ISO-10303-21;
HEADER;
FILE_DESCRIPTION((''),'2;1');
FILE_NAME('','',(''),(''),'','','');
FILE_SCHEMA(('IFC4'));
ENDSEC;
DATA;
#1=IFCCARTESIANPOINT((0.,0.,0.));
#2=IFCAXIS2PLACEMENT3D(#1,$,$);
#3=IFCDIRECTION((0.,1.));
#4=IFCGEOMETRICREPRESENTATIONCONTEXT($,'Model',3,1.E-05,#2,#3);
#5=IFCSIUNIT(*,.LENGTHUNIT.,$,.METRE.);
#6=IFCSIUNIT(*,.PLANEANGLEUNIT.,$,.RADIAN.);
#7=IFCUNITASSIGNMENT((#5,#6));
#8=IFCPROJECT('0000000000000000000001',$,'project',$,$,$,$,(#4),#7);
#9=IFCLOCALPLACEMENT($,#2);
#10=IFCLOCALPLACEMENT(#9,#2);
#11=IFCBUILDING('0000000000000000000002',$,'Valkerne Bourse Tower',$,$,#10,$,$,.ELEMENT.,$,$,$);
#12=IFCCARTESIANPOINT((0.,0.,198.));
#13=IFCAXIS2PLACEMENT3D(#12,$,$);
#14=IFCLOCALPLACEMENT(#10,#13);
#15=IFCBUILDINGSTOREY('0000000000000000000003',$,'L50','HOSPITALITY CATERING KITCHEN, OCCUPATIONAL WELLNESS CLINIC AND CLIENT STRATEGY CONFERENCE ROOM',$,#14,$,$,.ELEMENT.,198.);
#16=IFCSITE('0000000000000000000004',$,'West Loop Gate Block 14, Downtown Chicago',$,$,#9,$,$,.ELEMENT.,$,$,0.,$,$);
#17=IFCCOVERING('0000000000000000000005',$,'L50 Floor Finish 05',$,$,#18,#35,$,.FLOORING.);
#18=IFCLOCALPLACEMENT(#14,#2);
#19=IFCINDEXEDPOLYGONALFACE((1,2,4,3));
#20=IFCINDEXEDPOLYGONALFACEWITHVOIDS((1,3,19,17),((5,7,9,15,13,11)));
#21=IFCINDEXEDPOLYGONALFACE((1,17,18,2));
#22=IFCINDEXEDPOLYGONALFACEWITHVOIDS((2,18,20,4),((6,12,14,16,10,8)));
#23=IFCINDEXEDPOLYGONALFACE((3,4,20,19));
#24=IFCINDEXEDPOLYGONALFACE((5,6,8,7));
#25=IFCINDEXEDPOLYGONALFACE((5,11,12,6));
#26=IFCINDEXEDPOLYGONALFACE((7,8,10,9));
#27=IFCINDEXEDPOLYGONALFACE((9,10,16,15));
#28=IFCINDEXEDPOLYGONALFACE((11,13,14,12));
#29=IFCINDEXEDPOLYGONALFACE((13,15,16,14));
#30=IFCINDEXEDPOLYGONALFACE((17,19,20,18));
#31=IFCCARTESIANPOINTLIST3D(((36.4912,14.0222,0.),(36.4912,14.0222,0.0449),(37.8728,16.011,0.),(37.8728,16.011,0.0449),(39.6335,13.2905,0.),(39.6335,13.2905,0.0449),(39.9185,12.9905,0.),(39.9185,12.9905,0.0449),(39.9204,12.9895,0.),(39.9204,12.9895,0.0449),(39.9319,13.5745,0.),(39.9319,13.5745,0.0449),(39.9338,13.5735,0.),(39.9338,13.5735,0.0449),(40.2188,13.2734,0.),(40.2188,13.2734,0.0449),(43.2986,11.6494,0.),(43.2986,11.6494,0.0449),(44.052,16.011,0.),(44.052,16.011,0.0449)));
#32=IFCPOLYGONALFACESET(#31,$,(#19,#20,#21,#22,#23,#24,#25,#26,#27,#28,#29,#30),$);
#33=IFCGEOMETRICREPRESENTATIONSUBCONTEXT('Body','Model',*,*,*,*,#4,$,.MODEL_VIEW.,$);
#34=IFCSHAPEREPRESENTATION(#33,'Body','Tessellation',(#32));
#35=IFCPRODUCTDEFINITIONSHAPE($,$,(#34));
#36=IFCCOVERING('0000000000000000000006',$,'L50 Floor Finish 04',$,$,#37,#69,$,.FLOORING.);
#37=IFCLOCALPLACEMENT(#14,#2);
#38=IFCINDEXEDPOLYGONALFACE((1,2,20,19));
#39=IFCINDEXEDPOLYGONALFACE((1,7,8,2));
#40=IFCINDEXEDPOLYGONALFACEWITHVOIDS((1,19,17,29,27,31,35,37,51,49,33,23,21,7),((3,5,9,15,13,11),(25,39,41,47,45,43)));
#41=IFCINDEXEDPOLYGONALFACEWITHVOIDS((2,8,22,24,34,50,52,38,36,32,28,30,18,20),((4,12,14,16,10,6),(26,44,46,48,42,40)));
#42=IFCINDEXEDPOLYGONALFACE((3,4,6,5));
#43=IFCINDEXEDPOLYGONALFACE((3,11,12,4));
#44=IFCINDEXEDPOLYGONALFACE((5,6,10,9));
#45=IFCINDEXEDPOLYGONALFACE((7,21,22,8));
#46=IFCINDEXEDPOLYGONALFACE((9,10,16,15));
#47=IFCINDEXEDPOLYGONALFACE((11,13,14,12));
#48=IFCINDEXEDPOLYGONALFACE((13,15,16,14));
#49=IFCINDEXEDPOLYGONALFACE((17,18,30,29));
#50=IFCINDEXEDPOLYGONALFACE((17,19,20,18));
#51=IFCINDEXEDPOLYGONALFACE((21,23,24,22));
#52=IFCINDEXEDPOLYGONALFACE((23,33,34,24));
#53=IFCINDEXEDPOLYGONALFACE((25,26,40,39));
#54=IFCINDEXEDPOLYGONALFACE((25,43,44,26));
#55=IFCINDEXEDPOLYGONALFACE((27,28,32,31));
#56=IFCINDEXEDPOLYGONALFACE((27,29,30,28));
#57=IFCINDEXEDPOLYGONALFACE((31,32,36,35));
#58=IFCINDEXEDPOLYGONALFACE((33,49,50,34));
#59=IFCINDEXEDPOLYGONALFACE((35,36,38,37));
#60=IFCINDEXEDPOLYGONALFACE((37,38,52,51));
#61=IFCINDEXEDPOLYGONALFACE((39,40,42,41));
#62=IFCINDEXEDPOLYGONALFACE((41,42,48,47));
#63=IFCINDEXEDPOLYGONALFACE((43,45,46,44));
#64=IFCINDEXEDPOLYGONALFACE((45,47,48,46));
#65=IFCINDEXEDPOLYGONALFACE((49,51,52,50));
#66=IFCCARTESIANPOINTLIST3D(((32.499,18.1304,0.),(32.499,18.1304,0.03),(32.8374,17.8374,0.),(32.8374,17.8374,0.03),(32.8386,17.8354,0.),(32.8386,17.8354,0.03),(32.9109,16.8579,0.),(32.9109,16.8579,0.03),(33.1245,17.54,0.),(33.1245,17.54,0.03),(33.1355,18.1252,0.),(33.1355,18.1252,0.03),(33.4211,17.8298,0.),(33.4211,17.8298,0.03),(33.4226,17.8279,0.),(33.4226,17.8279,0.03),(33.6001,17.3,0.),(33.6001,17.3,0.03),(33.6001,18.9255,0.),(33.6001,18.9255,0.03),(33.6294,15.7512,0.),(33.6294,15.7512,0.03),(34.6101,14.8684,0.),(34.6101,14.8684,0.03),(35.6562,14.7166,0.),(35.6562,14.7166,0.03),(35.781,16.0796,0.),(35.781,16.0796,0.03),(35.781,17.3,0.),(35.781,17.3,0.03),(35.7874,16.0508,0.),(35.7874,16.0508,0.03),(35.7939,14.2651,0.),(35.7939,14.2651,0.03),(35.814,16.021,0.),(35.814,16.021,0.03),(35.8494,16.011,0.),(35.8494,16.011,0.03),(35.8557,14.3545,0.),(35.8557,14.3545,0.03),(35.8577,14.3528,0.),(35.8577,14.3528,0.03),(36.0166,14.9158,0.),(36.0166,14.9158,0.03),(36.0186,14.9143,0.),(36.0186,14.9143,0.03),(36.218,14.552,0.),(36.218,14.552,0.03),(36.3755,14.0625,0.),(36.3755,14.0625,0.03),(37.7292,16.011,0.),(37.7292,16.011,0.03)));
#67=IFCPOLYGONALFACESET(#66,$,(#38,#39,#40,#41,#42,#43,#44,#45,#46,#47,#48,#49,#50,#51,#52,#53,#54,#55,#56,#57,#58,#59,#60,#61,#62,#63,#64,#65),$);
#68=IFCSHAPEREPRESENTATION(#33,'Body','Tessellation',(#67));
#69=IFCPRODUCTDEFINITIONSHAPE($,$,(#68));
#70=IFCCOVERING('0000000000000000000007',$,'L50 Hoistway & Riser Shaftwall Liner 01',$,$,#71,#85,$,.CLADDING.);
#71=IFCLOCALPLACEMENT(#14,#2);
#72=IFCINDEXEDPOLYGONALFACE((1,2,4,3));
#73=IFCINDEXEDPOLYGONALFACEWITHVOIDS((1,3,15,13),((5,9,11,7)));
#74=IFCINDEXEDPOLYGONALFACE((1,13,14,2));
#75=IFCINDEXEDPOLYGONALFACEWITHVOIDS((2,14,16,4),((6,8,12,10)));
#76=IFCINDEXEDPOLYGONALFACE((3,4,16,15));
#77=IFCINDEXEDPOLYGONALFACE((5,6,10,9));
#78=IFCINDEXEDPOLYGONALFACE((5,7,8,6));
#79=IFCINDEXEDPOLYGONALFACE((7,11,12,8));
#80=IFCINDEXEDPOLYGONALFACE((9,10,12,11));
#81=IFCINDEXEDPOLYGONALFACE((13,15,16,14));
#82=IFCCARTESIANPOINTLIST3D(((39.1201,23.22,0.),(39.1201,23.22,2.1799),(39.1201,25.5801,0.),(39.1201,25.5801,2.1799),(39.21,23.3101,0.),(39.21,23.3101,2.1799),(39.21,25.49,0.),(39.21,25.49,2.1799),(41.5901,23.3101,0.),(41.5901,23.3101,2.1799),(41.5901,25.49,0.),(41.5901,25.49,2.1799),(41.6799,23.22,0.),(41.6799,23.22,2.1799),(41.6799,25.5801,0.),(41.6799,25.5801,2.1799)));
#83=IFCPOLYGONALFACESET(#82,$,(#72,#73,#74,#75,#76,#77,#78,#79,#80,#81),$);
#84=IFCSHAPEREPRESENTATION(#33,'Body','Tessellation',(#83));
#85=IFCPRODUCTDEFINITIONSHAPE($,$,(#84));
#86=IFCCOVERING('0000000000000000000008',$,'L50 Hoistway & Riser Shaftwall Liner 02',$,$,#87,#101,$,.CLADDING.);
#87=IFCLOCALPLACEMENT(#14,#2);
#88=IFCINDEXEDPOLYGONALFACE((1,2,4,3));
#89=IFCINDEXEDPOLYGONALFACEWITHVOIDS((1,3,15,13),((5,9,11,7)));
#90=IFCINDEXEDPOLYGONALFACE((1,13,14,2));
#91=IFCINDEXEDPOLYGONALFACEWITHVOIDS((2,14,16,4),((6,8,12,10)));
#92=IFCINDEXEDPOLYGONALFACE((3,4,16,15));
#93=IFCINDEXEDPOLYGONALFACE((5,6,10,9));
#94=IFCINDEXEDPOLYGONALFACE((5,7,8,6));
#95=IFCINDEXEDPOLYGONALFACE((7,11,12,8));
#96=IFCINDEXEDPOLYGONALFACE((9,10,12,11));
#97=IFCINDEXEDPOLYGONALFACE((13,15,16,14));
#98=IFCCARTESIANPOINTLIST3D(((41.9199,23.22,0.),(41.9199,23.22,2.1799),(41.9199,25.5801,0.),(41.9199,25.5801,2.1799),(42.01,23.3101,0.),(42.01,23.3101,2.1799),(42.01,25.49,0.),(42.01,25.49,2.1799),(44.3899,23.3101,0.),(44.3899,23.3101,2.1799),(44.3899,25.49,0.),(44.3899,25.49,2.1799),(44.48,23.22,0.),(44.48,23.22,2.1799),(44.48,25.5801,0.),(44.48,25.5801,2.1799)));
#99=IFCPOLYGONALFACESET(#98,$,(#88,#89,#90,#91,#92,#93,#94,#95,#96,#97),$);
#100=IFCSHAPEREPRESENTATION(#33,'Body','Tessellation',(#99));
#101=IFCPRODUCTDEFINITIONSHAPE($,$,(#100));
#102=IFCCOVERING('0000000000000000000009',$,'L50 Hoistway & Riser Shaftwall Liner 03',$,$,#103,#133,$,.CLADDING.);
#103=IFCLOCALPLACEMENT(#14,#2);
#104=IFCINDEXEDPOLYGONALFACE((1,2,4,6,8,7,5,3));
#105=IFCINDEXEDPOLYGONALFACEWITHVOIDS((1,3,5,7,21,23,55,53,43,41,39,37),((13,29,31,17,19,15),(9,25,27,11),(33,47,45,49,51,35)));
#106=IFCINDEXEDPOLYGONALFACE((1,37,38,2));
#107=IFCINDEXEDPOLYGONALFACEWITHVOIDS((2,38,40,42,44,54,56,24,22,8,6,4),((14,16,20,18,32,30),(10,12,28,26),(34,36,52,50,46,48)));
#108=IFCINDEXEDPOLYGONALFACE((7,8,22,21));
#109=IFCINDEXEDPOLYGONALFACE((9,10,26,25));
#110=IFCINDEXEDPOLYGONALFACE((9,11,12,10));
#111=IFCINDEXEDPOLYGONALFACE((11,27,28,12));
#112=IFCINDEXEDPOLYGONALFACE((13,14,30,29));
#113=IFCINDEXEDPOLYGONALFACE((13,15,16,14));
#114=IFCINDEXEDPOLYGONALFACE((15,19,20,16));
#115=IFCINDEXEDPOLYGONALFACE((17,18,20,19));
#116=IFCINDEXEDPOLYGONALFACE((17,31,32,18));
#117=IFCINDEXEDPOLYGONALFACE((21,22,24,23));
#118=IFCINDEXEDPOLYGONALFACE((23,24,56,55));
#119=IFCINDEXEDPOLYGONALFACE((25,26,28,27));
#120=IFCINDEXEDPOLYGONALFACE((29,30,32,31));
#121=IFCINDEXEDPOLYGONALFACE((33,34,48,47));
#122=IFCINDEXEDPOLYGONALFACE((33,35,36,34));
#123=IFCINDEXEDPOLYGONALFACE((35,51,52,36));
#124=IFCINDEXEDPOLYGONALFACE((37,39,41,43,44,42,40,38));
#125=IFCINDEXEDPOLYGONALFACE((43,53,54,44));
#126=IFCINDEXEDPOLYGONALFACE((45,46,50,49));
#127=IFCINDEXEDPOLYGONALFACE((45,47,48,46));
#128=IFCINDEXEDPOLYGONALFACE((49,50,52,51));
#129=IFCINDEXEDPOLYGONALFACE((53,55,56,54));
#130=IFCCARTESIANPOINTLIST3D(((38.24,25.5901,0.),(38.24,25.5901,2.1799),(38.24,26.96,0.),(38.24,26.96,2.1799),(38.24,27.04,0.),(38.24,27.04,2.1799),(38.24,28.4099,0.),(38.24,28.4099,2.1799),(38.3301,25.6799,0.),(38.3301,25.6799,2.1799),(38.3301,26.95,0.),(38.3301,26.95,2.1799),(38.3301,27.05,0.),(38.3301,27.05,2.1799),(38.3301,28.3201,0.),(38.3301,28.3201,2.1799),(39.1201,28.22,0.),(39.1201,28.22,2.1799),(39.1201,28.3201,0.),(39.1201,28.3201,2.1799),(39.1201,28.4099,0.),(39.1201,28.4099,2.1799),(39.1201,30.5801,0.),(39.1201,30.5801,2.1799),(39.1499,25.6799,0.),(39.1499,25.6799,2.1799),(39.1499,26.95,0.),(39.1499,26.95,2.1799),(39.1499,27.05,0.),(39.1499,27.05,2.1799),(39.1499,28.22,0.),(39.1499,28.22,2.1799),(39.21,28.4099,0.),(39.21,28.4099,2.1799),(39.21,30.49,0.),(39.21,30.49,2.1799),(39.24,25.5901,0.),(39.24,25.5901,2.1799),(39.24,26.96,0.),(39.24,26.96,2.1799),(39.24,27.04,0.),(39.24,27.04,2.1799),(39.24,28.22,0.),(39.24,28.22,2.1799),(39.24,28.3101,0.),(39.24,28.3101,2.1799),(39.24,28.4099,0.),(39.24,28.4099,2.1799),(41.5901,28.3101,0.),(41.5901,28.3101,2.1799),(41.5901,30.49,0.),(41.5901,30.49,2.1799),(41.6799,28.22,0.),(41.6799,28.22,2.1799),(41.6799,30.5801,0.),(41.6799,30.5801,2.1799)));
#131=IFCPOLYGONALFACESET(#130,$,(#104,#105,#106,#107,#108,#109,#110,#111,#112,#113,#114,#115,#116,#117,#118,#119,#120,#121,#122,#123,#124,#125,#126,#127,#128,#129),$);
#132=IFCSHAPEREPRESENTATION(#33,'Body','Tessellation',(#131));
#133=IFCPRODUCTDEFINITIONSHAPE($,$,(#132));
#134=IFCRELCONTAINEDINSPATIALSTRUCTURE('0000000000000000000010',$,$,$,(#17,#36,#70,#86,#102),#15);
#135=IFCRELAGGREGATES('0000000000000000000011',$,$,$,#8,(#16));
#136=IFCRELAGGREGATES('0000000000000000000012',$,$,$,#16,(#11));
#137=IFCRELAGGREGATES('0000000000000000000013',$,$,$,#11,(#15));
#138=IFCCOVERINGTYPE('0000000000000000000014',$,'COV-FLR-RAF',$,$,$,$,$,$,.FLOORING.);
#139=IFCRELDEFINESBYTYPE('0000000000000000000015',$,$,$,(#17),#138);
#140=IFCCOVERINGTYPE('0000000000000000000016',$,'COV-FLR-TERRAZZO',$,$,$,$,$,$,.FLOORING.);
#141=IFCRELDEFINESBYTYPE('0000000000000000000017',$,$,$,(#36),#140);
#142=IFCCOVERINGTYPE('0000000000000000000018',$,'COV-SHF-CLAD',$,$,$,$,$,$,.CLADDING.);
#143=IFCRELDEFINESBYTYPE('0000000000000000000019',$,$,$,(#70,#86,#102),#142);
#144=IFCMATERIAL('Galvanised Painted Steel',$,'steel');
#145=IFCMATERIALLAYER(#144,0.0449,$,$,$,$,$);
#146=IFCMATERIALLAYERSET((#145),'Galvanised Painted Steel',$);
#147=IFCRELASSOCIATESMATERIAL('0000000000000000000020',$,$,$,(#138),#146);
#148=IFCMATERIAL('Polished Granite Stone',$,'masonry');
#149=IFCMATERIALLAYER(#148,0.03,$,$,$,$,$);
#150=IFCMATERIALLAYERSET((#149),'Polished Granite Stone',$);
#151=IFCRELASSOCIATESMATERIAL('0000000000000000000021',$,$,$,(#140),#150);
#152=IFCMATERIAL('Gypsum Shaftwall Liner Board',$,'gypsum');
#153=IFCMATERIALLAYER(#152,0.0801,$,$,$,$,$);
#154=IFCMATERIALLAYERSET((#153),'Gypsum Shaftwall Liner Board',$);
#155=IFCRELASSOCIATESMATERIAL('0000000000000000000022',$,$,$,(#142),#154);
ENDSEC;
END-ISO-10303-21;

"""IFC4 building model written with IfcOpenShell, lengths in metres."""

from ifc_helpers import new_model, si_unit, direction, frame, origin, place, context, subcontext, project, spatial, polyline, outline, extrude, material, layer, layer_set, type_object, element, save


model = new_model("IFC4")

# Units and contexts
model_context = context("Model", 3, precision=1e-05, world=origin(), true_north=direction((0.0, 1.0)))
body_context = subcontext(model_context, "Body", "Model", "MODEL_VIEW")
ifc_project = project(units=[si_unit("LENGTHUNIT", "METRE"), si_unit("PLANEANGLEUNIT", "RADIAN")], contexts=[model_context])

# Site, building, storey
site_placement = place(None, origin())
site = spatial("IfcSite", under=ifc_project, at=site_placement, Name="West Loop Gate Block 14, Downtown Chicago", CompositionType="ELEMENT", RefElevation=0.0)
building_placement = place(site_placement, origin())
building = spatial("IfcBuilding", under=site, at=building_placement, Name="Valkerne Bourse Tower", CompositionType="ELEMENT")
storey_placement = place(building_placement, frame((0.0, 0.0, 198.0)))
storey = spatial("IfcBuildingStorey", under=building, at=storey_placement, Name="L50", Description="HOSPITALITY CATERING KITCHEN, OCCUPATIONAL WELLNESS CLINIC AND CLIENT STRATEGY CONFERENCE ROOM", CompositionType="ELEMENT", Elevation=198.0)

# Coverings
ifc_material_1 = material(Name="Galvanised Painted Steel", Category="steel")
ifc_layer_1 = layer(ifc_material_1, 0.0449)
ifc_layer_set_1 = layer_set([ifc_layer_1], Name="Galvanised Painted Steel")
covering_type_1 = type_object("IfcCoveringType", Name="COV-FLR-RAF", PredefinedType="FLOORING", material=ifc_layer_set_1)
covering_1_placement = place(storey_placement, origin())
element("IfcCovering", 1, at=covering_1_placement, inside=storey, type_object=covering_type_1, Name="L50 Floor Finish 05", PredefinedType="FLOORING", context=body_context, shape_type="SweptSolid", body=[
    extrude(outline(polyline([(44.052, 16.011), (43.2986, 11.6494), (36.4912, 14.0222), (37.8728, 16.011), (44.052, 16.011)]), holes=[polyline([(39.9338, 13.5735), (39.9319, 13.5745), (39.6335, 13.2905), (39.9185, 12.9905), (39.9204, 12.9895), (40.2188, 13.2734), (39.9338, 13.5735)])]), origin(), (0.0, 0.0, 1.0), 0.0449),
])
ifc_material_2 = material(Name="Polished Granite Stone", Category="masonry")
ifc_layer_2 = layer(ifc_material_2, 0.03)
ifc_layer_set_2 = layer_set([ifc_layer_2], Name="Polished Granite Stone")
covering_type_2 = type_object("IfcCoveringType", Name="COV-FLR-TERRAZZO", PredefinedType="FLOORING", material=ifc_layer_set_2)
covering_2_placement = place(storey_placement, origin())
element("IfcCovering", 2, at=covering_2_placement, inside=storey, type_object=covering_type_2, Name="L50 Floor Finish 04", PredefinedType="FLOORING", context=body_context, shape_type="SweptSolid", body=[
    extrude(outline(polyline([(33.6294, 15.7512), (32.9109, 16.8579), (32.499, 18.1304), (33.6001, 18.9255), (33.6001, 17.3), (35.781, 17.3), (35.781, 16.0796), (35.7874, 16.0508), (35.814, 16.021), (35.8494, 16.011), (37.7292, 16.011), (36.3755, 14.0625), (35.7939, 14.2651), (34.6101, 14.8684), (33.6294, 15.7512)]), holes=[polyline([(36.0186, 14.9143), (36.0166, 14.9158), (35.6562, 14.7166), (35.8557, 14.3545), (35.8577, 14.3528), (36.218, 14.552), (36.0186, 14.9143)]), polyline([(33.4211, 17.8298), (33.1355, 18.1252), (32.8374, 17.8374), (32.8386, 17.8354), (33.1245, 17.54), (33.4226, 17.8279), (33.4211, 17.8298)])]), origin(), (0.0, 0.0, 1.0), 0.03),
])
ifc_material_3 = material(Name="Gypsum Shaftwall Liner Board", Category="gypsum")
ifc_layer_3 = layer(ifc_material_3, 0.0801)
ifc_layer_set_3 = layer_set([ifc_layer_3], Name="Gypsum Shaftwall Liner Board")
covering_type_3 = type_object("IfcCoveringType", Name="COV-SHF-CLAD", PredefinedType="CLADDING", material=ifc_layer_set_3)
covering_3_placement = place(storey_placement, origin())
element("IfcCovering", 3, at=covering_3_placement, inside=storey, type_object=covering_type_3, Name="L50 Hoistway & Riser Shaftwall Liner 01", PredefinedType="CLADDING", context=body_context, shape_type="SweptSolid", body=[
    extrude(outline(polyline([(41.6799, 25.5801), (41.6799, 23.22), (39.1201, 23.22), (39.1201, 25.5801), (41.6799, 25.5801)]), holes=[polyline([(41.5901, 25.49), (39.21, 25.49), (39.21, 23.3101), (41.5901, 23.3101), (41.5901, 25.49)])]), origin(), (0.0, 0.0, 1.0), 2.1799),
])
covering_4_placement = place(storey_placement, origin())
element("IfcCovering", 4, at=covering_4_placement, inside=storey, type_object=covering_type_3, Name="L50 Hoistway & Riser Shaftwall Liner 02", PredefinedType="CLADDING", context=body_context, shape_type="SweptSolid", body=[
    extrude(outline(polyline([(44.48, 23.22), (41.9199, 23.22), (41.9199, 25.5801), (44.48, 25.5801), (44.48, 23.22)]), holes=[polyline([(42.01, 25.49), (42.01, 23.3101), (44.3899, 23.3101), (44.3899, 25.49), (42.01, 25.49)])]), origin(), (0.0, 0.0, 1.0), 2.1799),
])
covering_5_placement = place(storey_placement, origin())
element("IfcCovering", 5, at=covering_5_placement, inside=storey, type_object=covering_type_3, Name="L50 Hoistway & Riser Shaftwall Liner 03", PredefinedType="CLADDING", context=body_context, shape_type="SweptSolid", body=[
    extrude(outline(polyline([(38.24, 28.4099), (39.1201, 28.4099), (39.1201, 30.5801), (41.6799, 30.5801), (41.6799, 28.22), (39.24, 28.22), (39.24, 27.04), (39.24, 26.96), (39.24, 25.5901), (38.24, 25.5901), (38.24, 26.96), (38.24, 27.04), (38.24, 28.4099)]), holes=[polyline([(38.3301, 26.95), (38.3301, 25.6799), (39.1499, 25.6799), (39.1499, 26.95), (38.3301, 26.95)]), polyline([(39.21, 30.49), (39.21, 28.4099), (39.24, 28.4099), (39.24, 28.3101), (41.5901, 28.3101), (41.5901, 30.49), (39.21, 30.49)]), polyline([(38.3301, 27.05), (39.1499, 27.05), (39.1499, 28.22), (39.1201, 28.22), (39.1201, 28.3201), (38.3301, 28.3201), (38.3301, 27.05)])]), origin(), (0.0, 0.0, 1.0), 2.1799),
])

save(model, "model.ifc")
